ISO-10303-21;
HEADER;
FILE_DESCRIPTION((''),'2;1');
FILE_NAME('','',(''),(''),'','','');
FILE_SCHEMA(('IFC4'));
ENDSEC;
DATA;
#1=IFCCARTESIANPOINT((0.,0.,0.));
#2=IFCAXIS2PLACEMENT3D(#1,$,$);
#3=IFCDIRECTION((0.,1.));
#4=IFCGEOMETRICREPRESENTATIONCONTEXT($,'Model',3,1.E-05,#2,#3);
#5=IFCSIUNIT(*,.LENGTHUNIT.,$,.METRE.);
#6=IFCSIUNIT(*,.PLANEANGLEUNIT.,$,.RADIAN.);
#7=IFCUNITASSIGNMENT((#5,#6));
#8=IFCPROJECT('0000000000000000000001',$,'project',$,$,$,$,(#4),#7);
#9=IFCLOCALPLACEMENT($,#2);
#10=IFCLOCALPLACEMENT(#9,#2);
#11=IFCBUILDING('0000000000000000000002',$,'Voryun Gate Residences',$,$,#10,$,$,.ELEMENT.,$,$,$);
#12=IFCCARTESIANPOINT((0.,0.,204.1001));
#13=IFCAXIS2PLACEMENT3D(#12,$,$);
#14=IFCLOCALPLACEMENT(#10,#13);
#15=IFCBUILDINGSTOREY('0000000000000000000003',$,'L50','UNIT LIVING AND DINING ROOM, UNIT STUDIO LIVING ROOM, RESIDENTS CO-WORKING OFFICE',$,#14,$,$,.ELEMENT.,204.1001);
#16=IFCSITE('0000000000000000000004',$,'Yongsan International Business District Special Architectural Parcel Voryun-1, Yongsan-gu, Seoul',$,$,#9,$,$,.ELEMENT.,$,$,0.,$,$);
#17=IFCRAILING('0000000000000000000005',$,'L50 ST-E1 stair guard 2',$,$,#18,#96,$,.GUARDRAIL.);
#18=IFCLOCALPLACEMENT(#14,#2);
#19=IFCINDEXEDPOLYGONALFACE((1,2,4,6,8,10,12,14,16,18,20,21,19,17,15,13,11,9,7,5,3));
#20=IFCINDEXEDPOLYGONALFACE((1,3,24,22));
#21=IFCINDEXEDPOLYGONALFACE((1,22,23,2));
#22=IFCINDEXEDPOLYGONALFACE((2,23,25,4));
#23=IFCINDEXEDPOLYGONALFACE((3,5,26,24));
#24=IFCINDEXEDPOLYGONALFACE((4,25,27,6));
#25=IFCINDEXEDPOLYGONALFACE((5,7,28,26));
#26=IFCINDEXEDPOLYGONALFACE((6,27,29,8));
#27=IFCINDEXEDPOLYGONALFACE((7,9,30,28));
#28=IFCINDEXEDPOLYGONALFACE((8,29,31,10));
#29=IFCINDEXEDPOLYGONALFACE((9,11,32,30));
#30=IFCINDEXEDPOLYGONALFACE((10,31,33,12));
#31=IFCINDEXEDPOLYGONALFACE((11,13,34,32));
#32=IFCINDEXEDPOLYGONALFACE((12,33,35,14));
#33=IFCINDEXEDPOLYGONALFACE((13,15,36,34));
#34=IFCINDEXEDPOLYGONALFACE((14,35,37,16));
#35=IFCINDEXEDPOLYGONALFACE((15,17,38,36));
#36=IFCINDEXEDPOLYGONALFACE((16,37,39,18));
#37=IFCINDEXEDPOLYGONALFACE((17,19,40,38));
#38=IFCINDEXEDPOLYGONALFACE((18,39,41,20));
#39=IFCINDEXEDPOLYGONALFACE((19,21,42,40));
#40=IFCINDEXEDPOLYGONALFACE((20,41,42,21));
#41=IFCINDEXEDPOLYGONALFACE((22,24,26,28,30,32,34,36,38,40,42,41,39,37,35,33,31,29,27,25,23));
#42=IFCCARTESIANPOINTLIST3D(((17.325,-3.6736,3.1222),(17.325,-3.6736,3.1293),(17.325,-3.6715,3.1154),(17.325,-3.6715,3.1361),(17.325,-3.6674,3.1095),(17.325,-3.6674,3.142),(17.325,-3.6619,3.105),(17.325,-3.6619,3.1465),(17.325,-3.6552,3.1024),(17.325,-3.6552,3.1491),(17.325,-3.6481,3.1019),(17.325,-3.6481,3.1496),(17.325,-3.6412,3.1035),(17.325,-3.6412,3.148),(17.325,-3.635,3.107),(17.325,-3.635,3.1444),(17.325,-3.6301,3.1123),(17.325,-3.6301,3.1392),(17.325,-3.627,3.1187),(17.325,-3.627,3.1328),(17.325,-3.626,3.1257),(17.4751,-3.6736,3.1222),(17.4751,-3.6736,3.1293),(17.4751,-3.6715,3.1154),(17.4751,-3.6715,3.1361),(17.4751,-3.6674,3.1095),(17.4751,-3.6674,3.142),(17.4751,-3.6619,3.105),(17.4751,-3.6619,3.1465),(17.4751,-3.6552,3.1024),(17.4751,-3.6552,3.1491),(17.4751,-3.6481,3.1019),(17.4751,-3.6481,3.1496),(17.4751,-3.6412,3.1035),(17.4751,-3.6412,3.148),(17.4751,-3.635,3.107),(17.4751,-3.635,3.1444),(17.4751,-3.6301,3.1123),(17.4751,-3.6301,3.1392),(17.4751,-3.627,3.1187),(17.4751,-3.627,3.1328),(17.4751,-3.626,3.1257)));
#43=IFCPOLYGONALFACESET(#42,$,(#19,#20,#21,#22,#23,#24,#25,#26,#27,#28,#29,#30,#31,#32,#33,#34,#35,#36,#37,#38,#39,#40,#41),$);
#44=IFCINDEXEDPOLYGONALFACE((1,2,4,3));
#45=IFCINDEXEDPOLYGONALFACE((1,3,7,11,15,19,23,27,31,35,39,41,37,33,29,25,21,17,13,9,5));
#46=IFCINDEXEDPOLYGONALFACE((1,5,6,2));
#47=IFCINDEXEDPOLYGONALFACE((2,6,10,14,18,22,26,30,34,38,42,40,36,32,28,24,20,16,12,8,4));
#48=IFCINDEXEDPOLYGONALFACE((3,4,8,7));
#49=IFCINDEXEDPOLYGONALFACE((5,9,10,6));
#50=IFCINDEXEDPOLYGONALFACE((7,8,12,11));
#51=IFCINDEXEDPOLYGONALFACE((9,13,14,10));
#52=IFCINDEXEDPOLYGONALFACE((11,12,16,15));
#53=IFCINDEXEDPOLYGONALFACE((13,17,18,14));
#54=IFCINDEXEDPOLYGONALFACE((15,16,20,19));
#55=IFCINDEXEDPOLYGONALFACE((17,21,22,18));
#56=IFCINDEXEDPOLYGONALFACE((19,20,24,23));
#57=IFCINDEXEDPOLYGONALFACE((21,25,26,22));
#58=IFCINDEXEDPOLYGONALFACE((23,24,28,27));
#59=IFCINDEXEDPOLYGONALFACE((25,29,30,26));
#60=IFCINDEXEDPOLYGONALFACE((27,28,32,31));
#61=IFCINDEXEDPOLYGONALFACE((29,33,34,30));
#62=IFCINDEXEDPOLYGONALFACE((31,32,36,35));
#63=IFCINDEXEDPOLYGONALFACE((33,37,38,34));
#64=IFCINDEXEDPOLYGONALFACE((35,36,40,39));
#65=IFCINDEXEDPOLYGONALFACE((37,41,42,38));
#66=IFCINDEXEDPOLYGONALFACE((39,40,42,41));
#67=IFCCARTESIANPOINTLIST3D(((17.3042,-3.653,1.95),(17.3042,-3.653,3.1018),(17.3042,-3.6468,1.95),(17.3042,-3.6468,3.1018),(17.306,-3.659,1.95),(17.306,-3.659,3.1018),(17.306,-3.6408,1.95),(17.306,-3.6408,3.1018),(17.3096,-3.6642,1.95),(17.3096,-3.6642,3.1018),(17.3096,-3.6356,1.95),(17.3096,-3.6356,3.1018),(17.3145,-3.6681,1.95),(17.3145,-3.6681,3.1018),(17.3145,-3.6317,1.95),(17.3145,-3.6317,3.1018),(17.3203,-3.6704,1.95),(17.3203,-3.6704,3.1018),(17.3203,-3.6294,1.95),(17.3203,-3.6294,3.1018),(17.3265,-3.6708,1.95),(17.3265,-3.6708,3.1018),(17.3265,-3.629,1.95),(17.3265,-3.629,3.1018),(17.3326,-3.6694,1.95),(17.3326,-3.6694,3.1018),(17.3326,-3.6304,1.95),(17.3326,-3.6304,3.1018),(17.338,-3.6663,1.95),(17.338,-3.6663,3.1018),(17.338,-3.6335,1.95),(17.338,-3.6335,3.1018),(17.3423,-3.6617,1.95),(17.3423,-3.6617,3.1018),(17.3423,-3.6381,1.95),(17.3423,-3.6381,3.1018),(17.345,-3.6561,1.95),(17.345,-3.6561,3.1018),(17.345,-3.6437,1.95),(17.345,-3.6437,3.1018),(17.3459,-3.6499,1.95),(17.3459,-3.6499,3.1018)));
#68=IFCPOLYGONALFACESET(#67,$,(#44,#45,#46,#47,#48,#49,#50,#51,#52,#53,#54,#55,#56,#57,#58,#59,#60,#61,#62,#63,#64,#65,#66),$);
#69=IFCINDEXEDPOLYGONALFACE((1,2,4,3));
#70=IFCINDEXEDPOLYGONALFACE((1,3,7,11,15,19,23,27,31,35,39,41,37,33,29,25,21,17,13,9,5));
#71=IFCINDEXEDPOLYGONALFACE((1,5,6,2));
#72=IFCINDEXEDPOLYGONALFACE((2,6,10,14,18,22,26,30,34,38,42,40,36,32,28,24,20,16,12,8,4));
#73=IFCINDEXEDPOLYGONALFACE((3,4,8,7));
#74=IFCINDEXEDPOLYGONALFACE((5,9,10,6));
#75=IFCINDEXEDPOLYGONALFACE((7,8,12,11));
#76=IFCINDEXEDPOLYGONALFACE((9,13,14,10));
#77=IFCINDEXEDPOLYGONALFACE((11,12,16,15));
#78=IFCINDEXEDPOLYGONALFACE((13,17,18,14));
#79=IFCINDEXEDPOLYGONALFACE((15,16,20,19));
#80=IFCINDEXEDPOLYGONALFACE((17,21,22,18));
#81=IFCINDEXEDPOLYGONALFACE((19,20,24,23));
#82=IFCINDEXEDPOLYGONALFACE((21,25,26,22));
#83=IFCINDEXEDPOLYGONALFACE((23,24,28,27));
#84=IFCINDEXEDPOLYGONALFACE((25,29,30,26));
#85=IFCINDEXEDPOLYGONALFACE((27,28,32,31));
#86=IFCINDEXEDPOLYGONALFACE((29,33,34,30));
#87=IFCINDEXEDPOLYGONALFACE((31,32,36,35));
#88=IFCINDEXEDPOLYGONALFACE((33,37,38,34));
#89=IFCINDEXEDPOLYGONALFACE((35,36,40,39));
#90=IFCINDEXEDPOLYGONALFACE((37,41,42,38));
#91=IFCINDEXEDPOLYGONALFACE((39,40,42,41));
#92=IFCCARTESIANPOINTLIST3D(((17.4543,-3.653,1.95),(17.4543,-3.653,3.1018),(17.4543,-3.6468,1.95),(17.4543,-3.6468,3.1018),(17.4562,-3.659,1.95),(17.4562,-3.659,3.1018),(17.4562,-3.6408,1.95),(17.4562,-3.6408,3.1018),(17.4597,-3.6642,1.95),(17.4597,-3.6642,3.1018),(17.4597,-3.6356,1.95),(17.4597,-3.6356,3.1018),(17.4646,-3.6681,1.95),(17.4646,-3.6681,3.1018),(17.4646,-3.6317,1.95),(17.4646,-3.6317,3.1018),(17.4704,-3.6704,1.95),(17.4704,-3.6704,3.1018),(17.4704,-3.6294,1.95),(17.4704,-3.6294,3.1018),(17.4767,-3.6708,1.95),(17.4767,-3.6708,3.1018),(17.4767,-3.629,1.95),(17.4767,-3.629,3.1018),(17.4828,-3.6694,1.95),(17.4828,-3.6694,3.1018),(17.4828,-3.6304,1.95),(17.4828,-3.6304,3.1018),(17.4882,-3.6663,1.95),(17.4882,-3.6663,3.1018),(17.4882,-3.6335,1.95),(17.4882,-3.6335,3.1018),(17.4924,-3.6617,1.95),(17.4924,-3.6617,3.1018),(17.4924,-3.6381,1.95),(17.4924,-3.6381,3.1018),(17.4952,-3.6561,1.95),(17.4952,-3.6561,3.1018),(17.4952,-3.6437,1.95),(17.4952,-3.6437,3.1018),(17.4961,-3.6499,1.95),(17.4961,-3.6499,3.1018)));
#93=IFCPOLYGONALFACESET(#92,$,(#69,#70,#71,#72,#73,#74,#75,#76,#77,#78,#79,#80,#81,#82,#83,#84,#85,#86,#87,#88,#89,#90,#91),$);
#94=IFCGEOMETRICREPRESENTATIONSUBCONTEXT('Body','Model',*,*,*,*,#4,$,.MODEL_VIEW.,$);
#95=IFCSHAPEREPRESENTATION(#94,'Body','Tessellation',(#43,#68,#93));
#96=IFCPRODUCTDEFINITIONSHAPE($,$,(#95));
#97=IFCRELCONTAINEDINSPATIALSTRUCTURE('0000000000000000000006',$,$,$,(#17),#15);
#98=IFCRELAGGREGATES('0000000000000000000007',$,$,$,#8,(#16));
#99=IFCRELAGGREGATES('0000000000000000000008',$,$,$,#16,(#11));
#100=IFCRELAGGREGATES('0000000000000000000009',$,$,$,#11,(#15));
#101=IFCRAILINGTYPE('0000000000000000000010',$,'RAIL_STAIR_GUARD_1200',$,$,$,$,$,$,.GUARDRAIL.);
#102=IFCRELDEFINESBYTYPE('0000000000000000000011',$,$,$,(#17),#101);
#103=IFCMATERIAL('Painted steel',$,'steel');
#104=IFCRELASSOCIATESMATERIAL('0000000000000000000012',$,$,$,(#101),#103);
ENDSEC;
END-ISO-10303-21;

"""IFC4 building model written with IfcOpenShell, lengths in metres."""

from ifc_helpers import new_model, si_unit, direction, frame, origin, origin_2d, place, context, subcontext, project, spatial, circle, extrude, material, type_object, element, save


model = new_model("IFC4")

# Units and contexts
model_context = context("Model", 3, precision=1e-05, world=origin(), true_north=direction((0.0, 1.0)))
body_context = subcontext(model_context, "Body", "Model", "MODEL_VIEW")
ifc_project = project(units=[si_unit("LENGTHUNIT", "METRE"), si_unit("PLANEANGLEUNIT", "RADIAN")], contexts=[model_context])

# Site, building, storey
site_placement = place(None, origin())
site = spatial("IfcSite", under=ifc_project, at=site_placement, Name="Yongsan International Business District Special Architectural Parcel Voryun-1, Yongsan-gu, Seoul", CompositionType="ELEMENT", RefElevation=0.0)
building_placement = place(site_placement, origin())
building = spatial("IfcBuilding", under=site, at=building_placement, Name="Voryun Gate Residences", CompositionType="ELEMENT")
storey_placement = place(building_placement, frame((0.0, 0.0, 204.1001)))
storey = spatial("IfcBuildingStorey", under=building, at=storey_placement, Name="L50", Description="UNIT LIVING AND DINING ROOM, UNIT STUDIO LIVING ROOM, RESIDENTS CO-WORKING OFFICE", CompositionType="ELEMENT", Elevation=204.1001)

# Railing
ifc_material_1 = material(Name="Painted steel", Category="steel")
railing_type_1 = type_object("IfcRailingType", Name="RAIL_STAIR_GUARD_1200", PredefinedType="GUARDRAIL", material=ifc_material_1)
railing_1_placement = place(storey_placement, frame((17.325, -3.6499, 1.95)))
element("IfcRailing", 1, at=railing_1_placement, inside=storey, type_object=railing_type_1, Name="L50 ST-E1 stair guard 2", PredefinedType="GUARDRAIL", context=body_context, shape_type="SweptSolid", body=[
    extrude(circle(Radius=0.0239, at=origin_2d()), frame((0.0, 0.0, 1.1758), z_axis=(1.0, 0.0, 0.0), x_axis=(0.0, 1.0, 0.0)), (0.0, 0.0, 1.0), 0.1501),
    extrude(circle(Radius=0.021, at=origin_2d()), origin(), (0.0, 0.0, 1.0), 1.1519),
    extrude(circle(Radius=0.021, at=origin_2d()), frame((0.1501, 0.0, 0.0)), (0.0, 0.0, 1.0), 1.1519),
])

save(model, "model.ifc")
